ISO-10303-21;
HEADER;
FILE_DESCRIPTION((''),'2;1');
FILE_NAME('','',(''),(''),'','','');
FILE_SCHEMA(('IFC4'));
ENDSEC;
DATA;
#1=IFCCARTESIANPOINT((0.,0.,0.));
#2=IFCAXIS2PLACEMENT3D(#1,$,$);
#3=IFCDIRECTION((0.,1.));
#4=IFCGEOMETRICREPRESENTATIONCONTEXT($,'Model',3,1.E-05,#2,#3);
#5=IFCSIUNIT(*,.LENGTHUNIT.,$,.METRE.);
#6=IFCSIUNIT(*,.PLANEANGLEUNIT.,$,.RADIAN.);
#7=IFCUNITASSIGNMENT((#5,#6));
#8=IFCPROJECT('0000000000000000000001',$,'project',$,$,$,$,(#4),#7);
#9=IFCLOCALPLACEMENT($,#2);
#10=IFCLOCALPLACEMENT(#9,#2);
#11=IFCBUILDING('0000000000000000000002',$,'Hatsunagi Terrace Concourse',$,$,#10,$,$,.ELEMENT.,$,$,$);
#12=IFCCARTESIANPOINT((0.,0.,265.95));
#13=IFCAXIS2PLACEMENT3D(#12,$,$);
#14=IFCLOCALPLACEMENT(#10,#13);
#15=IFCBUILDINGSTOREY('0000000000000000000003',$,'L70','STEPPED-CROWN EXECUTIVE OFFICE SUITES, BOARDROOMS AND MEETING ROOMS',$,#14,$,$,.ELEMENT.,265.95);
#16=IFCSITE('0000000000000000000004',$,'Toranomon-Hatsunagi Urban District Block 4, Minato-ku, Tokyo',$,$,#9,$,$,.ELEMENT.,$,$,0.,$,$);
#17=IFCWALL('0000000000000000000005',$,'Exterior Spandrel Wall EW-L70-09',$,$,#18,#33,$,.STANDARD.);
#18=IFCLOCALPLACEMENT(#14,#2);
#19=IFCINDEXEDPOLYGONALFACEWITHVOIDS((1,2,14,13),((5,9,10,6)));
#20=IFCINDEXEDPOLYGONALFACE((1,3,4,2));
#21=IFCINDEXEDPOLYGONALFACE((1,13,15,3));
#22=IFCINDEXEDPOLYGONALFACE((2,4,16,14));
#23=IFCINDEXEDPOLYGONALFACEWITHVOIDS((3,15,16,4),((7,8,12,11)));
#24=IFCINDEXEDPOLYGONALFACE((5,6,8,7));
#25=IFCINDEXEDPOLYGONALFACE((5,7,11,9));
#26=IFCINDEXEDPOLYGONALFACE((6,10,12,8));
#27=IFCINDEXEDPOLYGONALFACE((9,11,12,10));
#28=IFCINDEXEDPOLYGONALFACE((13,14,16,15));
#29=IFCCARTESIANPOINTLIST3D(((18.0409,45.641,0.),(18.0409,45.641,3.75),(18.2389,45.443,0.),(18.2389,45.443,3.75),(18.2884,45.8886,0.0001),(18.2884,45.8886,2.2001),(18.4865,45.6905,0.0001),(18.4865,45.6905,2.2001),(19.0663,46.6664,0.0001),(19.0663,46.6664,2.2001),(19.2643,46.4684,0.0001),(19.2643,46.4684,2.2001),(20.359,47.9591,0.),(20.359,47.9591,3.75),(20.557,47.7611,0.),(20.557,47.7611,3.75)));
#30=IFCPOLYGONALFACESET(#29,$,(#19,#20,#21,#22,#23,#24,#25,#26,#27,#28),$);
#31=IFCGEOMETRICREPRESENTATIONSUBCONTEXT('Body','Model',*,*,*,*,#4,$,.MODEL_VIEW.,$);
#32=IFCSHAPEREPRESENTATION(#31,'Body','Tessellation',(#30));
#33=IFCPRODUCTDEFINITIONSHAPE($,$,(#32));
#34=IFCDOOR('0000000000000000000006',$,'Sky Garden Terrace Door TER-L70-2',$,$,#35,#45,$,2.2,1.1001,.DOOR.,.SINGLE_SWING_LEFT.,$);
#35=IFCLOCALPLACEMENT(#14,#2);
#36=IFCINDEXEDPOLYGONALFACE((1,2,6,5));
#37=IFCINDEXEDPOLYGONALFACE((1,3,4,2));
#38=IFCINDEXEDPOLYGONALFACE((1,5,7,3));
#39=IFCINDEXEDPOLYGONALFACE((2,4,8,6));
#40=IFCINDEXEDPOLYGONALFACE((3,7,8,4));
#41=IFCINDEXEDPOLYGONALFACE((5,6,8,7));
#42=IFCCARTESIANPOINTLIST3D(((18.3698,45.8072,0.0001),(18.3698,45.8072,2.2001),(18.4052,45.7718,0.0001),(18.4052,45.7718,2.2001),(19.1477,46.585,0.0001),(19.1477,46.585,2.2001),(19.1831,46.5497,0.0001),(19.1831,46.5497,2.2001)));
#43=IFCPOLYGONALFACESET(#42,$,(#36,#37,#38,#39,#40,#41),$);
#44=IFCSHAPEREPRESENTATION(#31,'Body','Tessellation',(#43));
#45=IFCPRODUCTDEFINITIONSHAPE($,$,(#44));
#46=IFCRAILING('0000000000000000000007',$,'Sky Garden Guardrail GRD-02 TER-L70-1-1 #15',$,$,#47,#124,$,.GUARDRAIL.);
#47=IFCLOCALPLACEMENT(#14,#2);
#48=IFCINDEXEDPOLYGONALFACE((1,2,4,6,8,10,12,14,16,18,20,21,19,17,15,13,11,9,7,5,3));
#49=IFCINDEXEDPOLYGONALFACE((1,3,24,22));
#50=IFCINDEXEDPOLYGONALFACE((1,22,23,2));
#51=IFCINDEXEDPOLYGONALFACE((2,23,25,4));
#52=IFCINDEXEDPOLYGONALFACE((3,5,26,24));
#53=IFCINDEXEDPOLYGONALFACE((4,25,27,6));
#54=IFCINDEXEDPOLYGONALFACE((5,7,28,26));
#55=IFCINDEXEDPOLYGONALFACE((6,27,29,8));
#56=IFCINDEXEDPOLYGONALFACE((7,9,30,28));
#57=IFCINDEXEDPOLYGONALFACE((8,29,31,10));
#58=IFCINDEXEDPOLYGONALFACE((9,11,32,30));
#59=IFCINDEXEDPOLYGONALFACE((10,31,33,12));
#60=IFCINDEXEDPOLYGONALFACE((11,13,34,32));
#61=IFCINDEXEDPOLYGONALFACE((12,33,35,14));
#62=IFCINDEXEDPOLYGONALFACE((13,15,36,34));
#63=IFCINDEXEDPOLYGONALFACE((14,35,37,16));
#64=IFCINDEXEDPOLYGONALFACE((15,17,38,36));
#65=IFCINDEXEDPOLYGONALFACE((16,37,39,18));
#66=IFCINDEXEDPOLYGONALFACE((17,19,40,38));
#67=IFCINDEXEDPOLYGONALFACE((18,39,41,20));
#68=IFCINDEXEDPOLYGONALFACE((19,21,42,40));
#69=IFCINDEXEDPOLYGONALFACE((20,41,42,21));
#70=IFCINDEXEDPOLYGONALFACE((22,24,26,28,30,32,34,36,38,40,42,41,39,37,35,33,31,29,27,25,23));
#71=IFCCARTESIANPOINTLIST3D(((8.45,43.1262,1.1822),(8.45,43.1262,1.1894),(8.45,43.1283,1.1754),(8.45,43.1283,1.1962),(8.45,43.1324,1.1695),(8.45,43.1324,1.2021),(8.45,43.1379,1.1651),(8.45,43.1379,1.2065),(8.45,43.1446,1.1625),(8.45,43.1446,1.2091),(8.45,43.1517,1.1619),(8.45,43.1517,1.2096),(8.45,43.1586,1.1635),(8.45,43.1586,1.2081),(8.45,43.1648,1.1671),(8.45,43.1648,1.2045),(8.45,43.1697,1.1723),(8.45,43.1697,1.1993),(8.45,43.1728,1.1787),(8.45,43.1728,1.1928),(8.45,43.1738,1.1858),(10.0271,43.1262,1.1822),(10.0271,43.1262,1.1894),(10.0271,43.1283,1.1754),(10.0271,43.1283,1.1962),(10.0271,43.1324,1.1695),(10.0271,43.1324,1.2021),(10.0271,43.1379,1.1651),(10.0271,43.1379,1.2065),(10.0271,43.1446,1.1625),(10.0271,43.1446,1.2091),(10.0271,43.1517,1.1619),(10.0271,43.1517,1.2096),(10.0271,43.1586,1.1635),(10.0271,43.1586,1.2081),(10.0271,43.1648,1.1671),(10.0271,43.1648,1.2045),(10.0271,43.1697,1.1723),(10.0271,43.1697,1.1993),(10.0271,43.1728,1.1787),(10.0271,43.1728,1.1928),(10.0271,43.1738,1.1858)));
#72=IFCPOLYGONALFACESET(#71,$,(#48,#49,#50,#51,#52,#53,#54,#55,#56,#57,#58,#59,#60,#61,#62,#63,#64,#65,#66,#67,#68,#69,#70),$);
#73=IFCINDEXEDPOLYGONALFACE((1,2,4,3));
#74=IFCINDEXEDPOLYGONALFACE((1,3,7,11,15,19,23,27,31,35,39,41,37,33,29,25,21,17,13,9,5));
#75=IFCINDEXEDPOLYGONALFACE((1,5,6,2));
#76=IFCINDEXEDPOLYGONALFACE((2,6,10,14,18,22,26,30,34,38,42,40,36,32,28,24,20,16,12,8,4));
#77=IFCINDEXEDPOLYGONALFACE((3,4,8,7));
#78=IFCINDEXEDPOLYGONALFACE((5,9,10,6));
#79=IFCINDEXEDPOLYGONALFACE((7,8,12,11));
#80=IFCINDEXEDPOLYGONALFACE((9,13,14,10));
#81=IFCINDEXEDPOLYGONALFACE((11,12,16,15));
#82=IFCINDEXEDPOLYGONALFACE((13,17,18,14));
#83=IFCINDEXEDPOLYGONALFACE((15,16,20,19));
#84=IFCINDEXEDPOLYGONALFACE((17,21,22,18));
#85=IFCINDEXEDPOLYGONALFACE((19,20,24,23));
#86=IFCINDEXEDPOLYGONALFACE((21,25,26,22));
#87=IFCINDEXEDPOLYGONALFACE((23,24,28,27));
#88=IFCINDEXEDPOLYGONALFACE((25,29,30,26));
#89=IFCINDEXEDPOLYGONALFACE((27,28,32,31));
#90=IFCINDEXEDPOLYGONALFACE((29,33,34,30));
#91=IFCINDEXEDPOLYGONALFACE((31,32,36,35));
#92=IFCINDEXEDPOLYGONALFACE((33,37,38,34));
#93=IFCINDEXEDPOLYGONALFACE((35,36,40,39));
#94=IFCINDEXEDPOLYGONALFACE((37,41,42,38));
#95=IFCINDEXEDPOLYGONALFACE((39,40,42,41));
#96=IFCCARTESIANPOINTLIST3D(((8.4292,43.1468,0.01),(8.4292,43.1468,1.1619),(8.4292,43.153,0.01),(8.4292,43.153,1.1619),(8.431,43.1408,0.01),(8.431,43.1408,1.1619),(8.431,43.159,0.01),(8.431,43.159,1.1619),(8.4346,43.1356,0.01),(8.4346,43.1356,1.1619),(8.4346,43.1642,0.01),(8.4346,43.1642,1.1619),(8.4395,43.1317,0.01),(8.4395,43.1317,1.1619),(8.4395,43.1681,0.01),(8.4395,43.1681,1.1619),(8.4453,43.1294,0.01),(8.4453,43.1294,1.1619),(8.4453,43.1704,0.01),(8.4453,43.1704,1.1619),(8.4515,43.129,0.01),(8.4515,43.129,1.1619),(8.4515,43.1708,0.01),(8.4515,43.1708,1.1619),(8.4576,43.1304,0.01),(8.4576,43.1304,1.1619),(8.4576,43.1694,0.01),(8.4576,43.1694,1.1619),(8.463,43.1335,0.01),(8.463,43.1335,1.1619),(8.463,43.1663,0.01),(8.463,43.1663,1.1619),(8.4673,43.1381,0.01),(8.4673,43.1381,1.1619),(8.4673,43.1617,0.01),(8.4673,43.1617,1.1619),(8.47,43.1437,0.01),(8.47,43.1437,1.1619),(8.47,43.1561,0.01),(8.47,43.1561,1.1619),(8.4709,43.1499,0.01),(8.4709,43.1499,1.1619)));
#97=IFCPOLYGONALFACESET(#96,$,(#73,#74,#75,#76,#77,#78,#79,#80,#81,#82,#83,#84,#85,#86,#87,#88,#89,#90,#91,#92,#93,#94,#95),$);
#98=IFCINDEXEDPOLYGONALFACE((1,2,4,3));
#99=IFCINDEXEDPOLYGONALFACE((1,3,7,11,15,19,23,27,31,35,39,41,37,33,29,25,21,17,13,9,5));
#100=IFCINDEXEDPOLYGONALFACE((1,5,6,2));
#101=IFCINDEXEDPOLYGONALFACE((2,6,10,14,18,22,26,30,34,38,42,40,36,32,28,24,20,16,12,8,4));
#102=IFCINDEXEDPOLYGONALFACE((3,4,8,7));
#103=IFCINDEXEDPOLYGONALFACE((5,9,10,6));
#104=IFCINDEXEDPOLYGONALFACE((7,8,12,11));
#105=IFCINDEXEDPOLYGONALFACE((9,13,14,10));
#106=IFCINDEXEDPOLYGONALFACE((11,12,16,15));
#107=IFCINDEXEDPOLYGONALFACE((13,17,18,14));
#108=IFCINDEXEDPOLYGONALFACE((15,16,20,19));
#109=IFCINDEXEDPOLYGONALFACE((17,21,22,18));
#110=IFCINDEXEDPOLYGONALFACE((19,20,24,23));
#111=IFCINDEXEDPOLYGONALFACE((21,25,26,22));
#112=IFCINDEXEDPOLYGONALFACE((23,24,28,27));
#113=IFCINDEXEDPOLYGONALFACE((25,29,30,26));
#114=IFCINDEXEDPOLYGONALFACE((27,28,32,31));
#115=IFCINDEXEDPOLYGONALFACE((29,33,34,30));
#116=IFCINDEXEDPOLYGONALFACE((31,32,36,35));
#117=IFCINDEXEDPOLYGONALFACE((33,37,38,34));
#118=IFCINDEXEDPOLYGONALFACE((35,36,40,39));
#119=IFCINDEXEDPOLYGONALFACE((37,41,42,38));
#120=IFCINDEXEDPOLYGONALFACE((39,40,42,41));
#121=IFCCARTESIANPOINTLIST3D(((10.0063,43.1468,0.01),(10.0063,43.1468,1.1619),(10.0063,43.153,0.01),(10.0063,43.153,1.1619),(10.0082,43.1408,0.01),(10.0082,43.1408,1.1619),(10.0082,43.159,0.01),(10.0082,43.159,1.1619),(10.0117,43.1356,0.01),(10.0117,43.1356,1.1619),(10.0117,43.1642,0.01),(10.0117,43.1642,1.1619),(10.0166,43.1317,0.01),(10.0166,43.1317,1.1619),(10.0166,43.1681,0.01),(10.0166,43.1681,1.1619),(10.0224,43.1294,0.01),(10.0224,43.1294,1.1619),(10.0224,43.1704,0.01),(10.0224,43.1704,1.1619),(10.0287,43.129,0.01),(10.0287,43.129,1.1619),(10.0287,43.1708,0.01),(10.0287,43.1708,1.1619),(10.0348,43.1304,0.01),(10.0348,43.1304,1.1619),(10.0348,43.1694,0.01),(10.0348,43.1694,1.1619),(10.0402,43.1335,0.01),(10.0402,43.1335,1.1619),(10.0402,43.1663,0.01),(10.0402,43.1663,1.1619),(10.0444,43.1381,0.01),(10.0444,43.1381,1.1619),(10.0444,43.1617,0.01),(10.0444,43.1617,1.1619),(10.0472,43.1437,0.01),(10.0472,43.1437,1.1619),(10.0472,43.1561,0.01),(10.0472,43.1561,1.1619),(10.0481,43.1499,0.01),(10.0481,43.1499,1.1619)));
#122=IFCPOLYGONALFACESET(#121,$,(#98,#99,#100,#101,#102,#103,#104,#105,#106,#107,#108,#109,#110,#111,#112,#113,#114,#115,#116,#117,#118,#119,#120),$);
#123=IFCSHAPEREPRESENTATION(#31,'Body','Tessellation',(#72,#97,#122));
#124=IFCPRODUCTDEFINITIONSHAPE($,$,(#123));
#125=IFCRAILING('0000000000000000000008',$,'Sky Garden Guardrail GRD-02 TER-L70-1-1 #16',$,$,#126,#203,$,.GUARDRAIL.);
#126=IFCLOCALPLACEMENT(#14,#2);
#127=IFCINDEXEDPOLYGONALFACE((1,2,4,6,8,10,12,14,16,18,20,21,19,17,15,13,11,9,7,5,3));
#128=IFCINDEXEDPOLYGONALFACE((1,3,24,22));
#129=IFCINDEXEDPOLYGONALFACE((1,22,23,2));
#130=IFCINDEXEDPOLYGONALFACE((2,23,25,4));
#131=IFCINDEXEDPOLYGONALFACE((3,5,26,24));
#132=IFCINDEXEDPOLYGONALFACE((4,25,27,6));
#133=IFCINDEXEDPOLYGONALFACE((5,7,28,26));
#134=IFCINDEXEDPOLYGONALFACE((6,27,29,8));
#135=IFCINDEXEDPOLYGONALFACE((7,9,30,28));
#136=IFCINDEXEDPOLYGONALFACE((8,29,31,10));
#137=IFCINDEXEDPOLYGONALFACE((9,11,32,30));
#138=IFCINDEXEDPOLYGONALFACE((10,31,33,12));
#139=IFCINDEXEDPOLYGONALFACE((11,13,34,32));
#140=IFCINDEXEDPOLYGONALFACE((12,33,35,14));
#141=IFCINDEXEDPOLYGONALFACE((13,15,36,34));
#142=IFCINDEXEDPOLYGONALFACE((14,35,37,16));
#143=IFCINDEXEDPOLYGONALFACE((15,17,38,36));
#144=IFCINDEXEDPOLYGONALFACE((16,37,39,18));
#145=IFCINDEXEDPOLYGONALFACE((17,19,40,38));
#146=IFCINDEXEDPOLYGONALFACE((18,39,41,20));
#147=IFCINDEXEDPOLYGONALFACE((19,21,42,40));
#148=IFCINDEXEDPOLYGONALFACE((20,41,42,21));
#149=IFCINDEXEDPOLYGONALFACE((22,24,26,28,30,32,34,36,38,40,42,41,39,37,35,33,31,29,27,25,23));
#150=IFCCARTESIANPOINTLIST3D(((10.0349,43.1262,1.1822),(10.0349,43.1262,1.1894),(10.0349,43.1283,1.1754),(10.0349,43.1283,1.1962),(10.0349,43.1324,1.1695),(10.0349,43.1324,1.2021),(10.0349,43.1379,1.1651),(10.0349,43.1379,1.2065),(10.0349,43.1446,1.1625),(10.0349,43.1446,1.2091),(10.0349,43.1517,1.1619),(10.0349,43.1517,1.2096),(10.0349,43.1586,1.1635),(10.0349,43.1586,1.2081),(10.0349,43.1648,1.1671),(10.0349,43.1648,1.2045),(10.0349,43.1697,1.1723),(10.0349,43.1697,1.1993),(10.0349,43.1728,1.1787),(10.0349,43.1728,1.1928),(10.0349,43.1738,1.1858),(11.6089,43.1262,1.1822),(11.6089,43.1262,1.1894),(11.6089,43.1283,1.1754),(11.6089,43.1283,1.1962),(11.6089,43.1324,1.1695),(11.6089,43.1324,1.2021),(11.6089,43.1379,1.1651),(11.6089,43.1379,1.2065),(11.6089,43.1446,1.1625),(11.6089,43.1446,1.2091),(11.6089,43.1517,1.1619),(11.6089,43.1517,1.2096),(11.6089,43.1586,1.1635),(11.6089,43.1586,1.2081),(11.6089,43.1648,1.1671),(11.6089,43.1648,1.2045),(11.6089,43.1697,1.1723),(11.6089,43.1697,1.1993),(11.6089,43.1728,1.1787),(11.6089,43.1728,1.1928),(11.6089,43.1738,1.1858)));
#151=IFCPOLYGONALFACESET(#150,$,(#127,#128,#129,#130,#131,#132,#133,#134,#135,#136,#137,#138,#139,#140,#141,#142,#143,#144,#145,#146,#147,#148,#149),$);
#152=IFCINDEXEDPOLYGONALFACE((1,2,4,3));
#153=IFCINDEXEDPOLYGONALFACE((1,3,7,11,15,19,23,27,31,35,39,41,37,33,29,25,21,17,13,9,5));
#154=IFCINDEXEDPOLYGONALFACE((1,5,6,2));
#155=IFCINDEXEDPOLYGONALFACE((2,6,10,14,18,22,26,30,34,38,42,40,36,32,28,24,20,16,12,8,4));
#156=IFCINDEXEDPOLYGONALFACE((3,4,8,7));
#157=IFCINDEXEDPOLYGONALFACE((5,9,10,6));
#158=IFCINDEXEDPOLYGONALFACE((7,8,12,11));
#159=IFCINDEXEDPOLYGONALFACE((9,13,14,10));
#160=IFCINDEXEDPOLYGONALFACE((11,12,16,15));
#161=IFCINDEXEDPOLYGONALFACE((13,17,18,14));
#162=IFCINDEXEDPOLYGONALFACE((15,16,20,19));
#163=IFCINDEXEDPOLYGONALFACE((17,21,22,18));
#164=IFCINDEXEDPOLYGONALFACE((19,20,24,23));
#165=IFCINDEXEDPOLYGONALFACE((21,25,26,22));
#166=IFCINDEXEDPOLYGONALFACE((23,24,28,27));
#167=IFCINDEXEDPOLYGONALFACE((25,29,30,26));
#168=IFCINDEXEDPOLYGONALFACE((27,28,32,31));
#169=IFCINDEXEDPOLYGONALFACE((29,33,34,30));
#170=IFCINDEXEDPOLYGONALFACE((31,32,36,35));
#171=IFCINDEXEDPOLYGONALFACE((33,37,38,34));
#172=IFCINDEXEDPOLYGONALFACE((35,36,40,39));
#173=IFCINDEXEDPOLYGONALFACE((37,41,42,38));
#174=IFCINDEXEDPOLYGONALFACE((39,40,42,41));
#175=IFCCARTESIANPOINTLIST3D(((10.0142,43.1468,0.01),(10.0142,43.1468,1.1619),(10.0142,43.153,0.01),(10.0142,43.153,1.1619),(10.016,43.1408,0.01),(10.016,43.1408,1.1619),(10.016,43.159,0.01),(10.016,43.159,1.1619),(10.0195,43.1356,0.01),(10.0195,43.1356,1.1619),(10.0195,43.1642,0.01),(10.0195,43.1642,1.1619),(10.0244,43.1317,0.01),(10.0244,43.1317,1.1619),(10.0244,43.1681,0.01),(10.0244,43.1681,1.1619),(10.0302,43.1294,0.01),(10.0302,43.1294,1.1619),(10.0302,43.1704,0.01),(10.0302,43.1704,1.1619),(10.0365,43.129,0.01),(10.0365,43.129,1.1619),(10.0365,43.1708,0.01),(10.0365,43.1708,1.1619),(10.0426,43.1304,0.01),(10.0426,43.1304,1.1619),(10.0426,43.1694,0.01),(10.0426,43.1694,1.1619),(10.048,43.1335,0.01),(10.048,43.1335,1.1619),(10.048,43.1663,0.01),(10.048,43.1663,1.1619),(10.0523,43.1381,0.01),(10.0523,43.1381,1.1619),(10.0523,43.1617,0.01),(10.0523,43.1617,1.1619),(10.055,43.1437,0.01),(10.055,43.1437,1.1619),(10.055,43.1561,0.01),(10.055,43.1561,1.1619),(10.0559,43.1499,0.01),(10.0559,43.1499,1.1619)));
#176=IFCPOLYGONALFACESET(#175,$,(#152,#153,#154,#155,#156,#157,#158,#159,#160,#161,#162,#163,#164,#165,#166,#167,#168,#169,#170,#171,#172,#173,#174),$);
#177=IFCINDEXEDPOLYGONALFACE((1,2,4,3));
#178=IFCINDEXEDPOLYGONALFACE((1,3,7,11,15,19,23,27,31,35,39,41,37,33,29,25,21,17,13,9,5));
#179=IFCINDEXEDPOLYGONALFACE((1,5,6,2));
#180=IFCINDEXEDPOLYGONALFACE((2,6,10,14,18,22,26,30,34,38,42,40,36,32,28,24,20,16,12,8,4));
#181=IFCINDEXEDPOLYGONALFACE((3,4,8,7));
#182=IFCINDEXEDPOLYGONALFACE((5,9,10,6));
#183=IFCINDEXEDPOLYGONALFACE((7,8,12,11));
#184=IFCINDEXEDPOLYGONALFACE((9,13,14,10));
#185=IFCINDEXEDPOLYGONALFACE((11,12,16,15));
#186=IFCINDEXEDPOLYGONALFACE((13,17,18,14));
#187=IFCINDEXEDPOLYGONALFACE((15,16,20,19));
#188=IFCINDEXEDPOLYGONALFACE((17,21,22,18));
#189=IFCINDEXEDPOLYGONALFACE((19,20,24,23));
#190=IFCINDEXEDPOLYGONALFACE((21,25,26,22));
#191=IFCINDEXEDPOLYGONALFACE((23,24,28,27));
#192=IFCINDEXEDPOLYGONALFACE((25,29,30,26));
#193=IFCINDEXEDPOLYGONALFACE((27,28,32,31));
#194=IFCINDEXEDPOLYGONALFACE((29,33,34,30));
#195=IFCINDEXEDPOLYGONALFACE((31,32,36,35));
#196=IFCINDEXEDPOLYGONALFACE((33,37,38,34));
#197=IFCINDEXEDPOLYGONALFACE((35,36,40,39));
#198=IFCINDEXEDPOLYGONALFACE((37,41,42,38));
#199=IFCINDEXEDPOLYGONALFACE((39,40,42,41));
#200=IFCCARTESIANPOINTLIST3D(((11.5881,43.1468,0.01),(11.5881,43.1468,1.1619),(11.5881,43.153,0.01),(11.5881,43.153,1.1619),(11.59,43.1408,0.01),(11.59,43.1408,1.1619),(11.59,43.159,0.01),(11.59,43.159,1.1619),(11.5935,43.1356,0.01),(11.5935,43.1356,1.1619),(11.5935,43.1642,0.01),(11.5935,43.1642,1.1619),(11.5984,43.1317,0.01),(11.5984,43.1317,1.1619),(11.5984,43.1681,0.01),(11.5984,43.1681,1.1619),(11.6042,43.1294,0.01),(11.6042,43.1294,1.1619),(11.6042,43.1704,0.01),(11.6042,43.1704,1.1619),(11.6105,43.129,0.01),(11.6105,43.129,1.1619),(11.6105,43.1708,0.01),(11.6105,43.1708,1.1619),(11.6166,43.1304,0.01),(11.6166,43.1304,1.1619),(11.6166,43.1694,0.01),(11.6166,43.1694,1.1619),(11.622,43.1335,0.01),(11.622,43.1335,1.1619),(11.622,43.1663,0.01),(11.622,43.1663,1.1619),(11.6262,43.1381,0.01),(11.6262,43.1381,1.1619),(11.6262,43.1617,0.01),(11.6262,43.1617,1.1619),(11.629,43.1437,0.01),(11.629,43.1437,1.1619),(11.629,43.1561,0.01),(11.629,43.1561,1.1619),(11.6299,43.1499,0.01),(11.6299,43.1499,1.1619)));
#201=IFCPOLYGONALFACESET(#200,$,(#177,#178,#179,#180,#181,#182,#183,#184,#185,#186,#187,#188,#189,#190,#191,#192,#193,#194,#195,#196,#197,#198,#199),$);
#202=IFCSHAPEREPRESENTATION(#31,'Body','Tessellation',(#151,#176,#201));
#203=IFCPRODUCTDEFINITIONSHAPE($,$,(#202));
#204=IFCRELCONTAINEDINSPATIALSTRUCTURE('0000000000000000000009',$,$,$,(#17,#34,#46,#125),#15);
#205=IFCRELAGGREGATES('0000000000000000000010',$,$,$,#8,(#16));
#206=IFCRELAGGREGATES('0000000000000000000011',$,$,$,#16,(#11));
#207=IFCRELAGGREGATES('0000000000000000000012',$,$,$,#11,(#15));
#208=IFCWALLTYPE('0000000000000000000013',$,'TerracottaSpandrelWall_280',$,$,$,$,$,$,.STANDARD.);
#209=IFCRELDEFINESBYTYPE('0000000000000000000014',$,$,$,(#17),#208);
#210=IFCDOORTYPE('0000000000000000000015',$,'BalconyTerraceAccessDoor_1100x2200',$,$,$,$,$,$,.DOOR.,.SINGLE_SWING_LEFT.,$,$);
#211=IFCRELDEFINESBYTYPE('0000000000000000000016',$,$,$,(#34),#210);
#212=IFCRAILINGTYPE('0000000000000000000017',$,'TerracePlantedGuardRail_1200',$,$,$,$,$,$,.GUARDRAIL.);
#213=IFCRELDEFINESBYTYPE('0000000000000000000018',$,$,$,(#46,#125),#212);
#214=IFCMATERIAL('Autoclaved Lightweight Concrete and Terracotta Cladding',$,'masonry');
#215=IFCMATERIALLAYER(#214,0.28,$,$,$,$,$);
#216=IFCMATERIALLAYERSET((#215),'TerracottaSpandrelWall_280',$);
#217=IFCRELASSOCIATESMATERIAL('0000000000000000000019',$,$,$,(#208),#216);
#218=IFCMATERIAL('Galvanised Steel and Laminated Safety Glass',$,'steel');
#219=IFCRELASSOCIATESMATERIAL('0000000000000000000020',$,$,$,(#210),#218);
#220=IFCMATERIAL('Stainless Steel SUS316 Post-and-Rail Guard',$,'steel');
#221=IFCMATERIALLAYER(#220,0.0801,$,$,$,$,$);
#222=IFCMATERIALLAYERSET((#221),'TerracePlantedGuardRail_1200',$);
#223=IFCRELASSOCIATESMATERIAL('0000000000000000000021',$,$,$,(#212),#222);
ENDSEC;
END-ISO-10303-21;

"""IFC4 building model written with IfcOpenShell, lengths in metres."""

from ifc_helpers import new_model, si_unit, direction, frame, frame_2d, origin, origin_2d, place, context, subcontext, project, spatial, rectangle, circle, extrude, material, layer, layer_set, type_object, element, fill, save


model = new_model("IFC4")

# Units and contexts
model_context = context("Model", 3, precision=1e-05, world=origin(), true_north=direction((0.0, 1.0)))
body_context = subcontext(model_context, "Body", "Model", "MODEL_VIEW")
ifc_project = project(units=[si_unit("LENGTHUNIT", "METRE"), si_unit("PLANEANGLEUNIT", "RADIAN")], contexts=[model_context])

# Site, building, storey
site_placement = place(None, origin())
site = spatial("IfcSite", under=ifc_project, at=site_placement, Name="Toranomon-Hatsunagi Urban District Block 4, Minato-ku, Tokyo", CompositionType="ELEMENT", RefElevation=0.0)
building_placement = place(site_placement, origin())
building = spatial("IfcBuilding", under=site, at=building_placement, Name="Hatsunagi Terrace Concourse", CompositionType="ELEMENT")
storey_placement = place(building_placement, frame((0.0, 0.0, 265.95)))
storey = spatial("IfcBuildingStorey", under=building, at=storey_placement, Name="L70", Description="STEPPED-CROWN EXECUTIVE OFFICE SUITES, BOARDROOMS AND MEETING ROOMS", CompositionType="ELEMENT", Elevation=265.95)

# Wall, opening, door
ifc_material_1 = material(Name="Autoclaved Lightweight Concrete and Terracotta Cladding", Category="masonry")
ifc_layer_1 = layer(ifc_material_1, 0.28)
ifc_layer_set_1 = layer_set([ifc_layer_1], Name="TerracottaSpandrelWall_280")
wall_type_1 = type_object("IfcWallType", Name="TerracottaSpandrelWall_280", PredefinedType="STANDARD", material=ifc_layer_set_1)
wall_1_placement = place(storey_placement, frame((18.1399, 45.542, 0.0), z_axis=(0.0, 0.0, 1.0), x_axis=(0.707107, 0.707107, 0.0)))
wall_1 = element("IfcWall", 1, at=wall_1_placement, inside=storey, type_object=wall_type_1, Name="Exterior Spandrel Wall EW-L70-09", PredefinedType="STANDARD", context=body_context, shape_type="SweptSolid", body=[
    extrude(rectangle(XDim=3.2783, YDim=0.28, at=frame_2d((1.6392, 0.0))), origin(), (0.0, 0.0, 1.0), 3.75),
])
opening_1_placement = place(wall_1_placement, frame((0.3501, 0.0, 0.0)))
opening_1 = element("IfcOpeningElement", 2, at=opening_1_placement, cuts=wall_1, PredefinedType="OPENING", context=body_context, shape_type="SweptSolid", body=[
    extrude(rectangle(XDim=1.1001, YDim=2.2, at=frame_2d((0.55, 1.1001))), frame((0.0, 0.1499, 0.0), z_axis=(0.0, -1.0, 0.0), x_axis=(1.0, 0.0, 0.0)), (0.0, 0.0, 1.0), 0.3),
])
ifc_material_2 = material(Name="Galvanised Steel and Laminated Safety Glass", Category="steel")
door_type_1 = type_object("IfcDoorType", Name="BalconyTerraceAccessDoor_1100x2200", OperationType="SINGLE_SWING_LEFT", PredefinedType="DOOR", material=ifc_material_2)
door_1_placement = place(opening_1_placement, origin())
door_1 = element("IfcDoor", 3, at=door_1_placement, inside=storey, type_object=door_type_1, Name="Sky Garden Terrace Door TER-L70-2", OperationType="SINGLE_SWING_LEFT", OverallHeight=2.2, OverallWidth=1.1001, PredefinedType="DOOR", context=body_context, shape_type="SweptSolid", body=[
    extrude(rectangle(XDim=1.1001, YDim=2.2, at=frame_2d((0.55, 1.1001))), frame((0.0, 0.0249, 0.0), z_axis=(0.0, -1.0, 0.0), x_axis=(1.0, 0.0, 0.0)), (0.0, 0.0, 1.0), 0.05),
])
fill(opening_1, door_1)

# Railings
ifc_material_3 = material(Name="Stainless Steel SUS316 Post-and-Rail Guard", Category="steel")
ifc_layer_2 = layer(ifc_material_3, 0.0801)
ifc_layer_set_2 = layer_set([ifc_layer_2], Name="TerracePlantedGuardRail_1200")
railing_type = type_object("IfcRailingType", Name="TerracePlantedGuardRail_1200", PredefinedType="GUARDRAIL", material=ifc_layer_set_2)
railing_1_placement = place(storey_placement, frame((8.45, 43.1499, 0.01)))
element("IfcRailing", 4, at=railing_1_placement, inside=storey, type_object=railing_type, Name="Sky Garden Guardrail GRD-02 TER-L70-1-1 #15", PredefinedType="GUARDRAIL", context=body_context, shape_type="SweptSolid", body=[
    extrude(circle(Radius=0.0239, at=origin_2d()), frame((0.0, 0.0, 1.1758), z_axis=(1.0, 0.0, 0.0), x_axis=(0.0, 1.0, 0.0)), (0.0, 0.0, 1.0), 1.5771),
    extrude(circle(Radius=0.021, at=origin_2d()), origin(), (0.0, 0.0, 1.0), 1.1519),
    extrude(circle(Radius=0.021, at=origin_2d()), frame((1.5771, 0.0, 0.0)), (0.0, 0.0, 1.0), 1.1519),
])
railing_2_placement = place(storey_placement, frame((10.0349, 43.1499, 0.01)))
element("IfcRailing", 5, at=railing_2_placement, inside=storey, type_object=railing_type, Name="Sky Garden Guardrail GRD-02 TER-L70-1-1 #16", PredefinedType="GUARDRAIL", context=body_context, shape_type="SweptSolid", body=[
    extrude(circle(Radius=0.0239, at=origin_2d()), frame((0.0, 0.0, 1.1758), z_axis=(1.0, 0.0, 0.0), x_axis=(0.0, 1.0, 0.0)), (0.0, 0.0, 1.0), 1.574),
    extrude(circle(Radius=0.021, at=origin_2d()), origin(), (0.0, 0.0, 1.0), 1.1519),
    extrude(circle(Radius=0.021, at=origin_2d()), frame((1.574, 0.0, 0.0)), (0.0, 0.0, 1.0), 1.1519),
])

save(model, "model.ifc")
